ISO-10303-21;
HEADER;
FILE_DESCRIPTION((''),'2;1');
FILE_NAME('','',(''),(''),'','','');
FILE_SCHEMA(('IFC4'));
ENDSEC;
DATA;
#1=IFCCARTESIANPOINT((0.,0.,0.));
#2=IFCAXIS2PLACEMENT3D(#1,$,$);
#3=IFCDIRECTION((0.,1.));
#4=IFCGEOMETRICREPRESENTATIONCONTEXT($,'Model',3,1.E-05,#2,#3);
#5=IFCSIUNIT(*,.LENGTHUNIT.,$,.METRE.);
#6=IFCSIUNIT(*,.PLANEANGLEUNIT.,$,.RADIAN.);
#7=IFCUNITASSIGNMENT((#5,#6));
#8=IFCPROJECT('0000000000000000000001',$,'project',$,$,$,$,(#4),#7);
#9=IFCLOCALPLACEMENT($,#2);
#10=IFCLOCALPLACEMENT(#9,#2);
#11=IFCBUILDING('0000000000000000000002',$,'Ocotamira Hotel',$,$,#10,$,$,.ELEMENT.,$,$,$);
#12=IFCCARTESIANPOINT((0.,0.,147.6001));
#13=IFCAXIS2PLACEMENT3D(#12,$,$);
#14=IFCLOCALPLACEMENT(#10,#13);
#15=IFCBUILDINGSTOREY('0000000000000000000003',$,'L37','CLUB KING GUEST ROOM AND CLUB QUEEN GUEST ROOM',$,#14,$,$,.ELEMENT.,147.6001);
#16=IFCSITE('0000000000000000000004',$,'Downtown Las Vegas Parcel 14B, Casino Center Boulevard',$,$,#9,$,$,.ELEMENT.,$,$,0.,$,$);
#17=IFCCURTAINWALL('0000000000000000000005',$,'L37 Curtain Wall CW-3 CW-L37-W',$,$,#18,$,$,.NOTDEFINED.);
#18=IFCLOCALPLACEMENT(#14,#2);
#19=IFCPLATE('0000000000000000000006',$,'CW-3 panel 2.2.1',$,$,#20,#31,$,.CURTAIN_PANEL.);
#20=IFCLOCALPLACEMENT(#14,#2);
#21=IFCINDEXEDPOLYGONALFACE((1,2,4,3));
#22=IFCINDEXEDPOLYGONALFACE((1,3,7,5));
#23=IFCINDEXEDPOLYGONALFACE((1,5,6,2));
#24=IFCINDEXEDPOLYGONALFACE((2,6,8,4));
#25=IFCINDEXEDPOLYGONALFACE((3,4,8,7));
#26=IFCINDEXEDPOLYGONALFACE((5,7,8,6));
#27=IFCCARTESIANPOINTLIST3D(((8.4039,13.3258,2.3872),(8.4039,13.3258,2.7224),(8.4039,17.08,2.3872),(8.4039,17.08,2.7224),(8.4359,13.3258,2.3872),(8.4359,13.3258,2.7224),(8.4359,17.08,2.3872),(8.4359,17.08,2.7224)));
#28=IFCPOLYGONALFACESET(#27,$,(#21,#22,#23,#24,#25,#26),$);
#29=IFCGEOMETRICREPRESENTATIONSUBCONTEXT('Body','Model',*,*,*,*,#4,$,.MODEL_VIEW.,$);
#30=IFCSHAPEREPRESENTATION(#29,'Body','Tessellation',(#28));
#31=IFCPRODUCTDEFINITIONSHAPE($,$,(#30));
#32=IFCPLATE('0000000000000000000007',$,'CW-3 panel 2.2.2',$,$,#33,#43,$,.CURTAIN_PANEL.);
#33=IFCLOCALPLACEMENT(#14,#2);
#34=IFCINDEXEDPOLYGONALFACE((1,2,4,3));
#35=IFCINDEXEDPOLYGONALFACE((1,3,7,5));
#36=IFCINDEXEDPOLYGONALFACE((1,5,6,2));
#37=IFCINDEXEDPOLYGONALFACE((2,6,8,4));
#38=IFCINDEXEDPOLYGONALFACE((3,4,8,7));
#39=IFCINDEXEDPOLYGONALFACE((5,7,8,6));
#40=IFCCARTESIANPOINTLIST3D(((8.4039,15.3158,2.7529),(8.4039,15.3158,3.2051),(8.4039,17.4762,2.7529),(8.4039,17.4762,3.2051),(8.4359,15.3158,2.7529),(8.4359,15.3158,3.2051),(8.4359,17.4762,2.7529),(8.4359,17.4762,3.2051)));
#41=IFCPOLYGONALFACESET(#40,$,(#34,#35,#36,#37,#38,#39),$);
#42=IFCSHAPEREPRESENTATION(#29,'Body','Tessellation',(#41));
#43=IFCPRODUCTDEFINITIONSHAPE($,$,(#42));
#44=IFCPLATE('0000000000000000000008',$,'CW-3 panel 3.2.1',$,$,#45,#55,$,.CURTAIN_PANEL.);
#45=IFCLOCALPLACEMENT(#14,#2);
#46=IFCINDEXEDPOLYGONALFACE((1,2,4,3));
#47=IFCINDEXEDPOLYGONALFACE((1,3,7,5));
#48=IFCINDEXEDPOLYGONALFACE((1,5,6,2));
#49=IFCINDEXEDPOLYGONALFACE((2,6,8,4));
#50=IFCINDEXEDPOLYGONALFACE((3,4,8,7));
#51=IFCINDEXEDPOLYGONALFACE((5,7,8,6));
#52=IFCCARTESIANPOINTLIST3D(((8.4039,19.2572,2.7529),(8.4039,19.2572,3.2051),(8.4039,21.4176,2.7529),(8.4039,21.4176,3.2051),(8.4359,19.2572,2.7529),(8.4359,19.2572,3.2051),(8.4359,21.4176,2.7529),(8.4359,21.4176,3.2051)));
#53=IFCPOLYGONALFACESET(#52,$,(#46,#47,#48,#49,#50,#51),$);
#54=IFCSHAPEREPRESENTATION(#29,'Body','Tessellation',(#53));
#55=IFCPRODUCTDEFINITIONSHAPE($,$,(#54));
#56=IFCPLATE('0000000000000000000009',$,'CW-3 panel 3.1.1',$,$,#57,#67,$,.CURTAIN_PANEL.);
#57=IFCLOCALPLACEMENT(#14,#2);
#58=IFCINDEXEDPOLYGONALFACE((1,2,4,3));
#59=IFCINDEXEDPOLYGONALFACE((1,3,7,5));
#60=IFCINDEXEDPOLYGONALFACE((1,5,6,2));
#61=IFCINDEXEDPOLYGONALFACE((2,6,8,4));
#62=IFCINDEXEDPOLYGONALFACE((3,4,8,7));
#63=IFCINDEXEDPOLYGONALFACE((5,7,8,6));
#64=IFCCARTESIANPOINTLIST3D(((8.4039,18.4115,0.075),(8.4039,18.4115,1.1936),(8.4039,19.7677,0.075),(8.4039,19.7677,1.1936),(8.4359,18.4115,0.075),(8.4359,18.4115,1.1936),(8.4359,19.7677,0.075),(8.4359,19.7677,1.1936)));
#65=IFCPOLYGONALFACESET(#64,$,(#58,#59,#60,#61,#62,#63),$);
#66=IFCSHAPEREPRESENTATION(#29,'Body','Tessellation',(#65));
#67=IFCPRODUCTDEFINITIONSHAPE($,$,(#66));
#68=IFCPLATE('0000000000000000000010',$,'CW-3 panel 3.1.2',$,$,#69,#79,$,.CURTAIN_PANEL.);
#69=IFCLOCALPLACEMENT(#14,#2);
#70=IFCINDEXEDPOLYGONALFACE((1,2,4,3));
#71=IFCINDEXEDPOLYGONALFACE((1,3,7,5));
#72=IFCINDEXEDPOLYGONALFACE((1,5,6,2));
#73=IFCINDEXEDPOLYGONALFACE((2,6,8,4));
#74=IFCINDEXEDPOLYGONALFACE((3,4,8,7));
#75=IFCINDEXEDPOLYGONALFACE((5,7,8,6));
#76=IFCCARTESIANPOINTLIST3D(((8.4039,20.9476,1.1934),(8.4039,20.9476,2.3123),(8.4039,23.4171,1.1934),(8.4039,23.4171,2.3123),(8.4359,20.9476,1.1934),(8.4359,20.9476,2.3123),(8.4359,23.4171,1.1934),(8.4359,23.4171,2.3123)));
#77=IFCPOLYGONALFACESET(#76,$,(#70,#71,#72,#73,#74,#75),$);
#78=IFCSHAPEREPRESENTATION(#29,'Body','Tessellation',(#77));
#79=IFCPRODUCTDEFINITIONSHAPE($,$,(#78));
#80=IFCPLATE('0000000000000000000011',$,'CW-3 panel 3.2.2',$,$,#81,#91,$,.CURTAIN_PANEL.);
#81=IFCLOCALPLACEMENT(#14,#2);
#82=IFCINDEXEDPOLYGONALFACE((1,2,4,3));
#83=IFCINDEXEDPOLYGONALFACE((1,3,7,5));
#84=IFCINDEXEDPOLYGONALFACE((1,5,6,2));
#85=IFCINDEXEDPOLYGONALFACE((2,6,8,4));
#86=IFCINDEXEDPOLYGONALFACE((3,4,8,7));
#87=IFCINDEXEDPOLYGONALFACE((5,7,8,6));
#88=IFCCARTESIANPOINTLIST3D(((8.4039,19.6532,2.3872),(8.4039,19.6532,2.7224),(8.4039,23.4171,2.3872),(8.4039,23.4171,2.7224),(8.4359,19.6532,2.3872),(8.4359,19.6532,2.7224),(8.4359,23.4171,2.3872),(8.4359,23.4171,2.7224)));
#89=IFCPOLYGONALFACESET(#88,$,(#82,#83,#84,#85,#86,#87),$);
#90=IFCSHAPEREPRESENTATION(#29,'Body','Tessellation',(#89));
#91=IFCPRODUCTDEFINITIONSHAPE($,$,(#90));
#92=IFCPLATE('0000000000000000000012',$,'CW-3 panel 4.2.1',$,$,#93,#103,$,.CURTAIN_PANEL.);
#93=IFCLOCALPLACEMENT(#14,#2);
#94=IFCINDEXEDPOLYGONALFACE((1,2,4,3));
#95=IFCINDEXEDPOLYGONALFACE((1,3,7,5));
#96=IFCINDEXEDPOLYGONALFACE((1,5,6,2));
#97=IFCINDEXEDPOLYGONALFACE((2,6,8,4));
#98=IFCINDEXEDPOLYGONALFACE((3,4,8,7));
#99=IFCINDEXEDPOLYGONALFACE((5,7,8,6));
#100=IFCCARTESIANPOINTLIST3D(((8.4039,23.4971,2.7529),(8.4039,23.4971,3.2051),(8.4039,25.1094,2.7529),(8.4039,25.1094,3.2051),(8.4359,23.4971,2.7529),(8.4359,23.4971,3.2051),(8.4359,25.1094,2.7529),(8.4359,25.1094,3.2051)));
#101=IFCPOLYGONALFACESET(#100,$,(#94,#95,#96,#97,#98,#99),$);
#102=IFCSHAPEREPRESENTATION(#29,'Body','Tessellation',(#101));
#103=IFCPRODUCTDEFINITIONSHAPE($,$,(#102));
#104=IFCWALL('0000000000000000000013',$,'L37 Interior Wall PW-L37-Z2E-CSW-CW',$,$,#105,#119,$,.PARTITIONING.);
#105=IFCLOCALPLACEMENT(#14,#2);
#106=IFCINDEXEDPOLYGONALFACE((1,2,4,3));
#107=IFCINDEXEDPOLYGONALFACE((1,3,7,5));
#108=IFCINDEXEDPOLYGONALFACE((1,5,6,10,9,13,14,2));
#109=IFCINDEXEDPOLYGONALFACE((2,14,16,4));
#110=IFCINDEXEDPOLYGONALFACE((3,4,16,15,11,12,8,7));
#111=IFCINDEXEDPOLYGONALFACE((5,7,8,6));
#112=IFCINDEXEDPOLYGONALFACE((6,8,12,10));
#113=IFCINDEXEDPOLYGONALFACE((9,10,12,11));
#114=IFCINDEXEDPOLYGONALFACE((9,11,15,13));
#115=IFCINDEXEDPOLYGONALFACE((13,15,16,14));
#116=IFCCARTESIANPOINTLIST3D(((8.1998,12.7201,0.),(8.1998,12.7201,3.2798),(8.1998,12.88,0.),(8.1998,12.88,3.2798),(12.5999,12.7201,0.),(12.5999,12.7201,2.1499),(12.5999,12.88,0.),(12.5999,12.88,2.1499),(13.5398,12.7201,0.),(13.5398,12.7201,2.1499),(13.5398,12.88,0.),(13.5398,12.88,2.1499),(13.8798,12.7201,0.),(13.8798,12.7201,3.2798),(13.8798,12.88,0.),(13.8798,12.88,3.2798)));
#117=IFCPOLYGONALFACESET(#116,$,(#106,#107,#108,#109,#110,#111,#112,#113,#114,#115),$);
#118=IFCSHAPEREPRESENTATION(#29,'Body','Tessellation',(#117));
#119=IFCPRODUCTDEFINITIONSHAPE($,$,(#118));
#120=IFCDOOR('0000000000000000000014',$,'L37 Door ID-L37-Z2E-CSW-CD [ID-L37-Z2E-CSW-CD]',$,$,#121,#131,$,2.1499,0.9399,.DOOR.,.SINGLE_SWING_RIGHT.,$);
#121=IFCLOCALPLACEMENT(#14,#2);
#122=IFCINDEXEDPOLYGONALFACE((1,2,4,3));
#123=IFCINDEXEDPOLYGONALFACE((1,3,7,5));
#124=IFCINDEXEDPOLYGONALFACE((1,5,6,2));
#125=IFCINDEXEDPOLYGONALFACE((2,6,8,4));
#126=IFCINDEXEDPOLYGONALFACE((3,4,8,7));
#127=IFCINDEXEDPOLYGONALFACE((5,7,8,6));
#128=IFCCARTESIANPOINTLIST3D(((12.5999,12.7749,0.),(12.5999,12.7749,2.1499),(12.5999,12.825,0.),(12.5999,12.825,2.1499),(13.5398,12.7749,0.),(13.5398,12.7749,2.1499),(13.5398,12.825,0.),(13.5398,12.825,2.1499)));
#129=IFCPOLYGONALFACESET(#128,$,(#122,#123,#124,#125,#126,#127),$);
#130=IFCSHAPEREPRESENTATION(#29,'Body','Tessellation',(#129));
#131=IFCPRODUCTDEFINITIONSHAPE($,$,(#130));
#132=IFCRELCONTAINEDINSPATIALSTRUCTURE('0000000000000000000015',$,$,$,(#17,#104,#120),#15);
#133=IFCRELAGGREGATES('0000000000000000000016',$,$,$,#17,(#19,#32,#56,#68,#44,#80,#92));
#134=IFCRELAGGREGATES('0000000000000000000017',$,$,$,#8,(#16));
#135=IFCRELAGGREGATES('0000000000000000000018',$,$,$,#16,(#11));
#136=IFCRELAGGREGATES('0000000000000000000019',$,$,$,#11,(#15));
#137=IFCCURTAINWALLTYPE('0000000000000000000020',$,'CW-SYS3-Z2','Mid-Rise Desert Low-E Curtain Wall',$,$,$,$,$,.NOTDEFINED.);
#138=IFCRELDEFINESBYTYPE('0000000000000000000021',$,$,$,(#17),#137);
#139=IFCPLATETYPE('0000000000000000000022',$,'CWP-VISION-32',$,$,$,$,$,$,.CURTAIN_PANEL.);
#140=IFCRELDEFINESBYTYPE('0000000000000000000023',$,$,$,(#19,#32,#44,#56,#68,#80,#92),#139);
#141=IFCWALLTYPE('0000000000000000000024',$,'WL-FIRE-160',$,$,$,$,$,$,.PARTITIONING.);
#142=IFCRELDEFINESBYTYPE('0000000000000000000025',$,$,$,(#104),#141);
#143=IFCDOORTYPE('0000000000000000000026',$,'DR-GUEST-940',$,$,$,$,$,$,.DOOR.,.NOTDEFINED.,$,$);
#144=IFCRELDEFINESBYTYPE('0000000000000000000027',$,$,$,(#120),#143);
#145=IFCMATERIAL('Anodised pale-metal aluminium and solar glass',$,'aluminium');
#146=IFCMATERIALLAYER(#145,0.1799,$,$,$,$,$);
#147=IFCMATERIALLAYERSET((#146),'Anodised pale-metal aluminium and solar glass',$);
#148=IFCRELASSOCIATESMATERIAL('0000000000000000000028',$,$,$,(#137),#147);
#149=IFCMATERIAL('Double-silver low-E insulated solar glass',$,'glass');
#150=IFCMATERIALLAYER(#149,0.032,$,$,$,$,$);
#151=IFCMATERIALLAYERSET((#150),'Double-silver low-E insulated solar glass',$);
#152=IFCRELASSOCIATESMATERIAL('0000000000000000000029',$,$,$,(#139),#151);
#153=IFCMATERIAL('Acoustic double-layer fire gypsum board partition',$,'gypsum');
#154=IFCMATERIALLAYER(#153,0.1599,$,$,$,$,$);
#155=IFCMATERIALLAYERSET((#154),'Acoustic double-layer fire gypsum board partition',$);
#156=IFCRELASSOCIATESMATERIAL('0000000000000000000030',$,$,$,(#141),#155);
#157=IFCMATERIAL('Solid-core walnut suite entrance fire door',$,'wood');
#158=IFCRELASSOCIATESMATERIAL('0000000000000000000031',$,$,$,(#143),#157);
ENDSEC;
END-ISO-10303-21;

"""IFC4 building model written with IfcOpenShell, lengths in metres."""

from ifc_helpers import new_model, si_unit, direction, frame, frame_2d, origin, origin_2d, place, context, subcontext, project, spatial, rectangle, extrude, source, transform, mapped, material, layer, layer_set, type_object, element, fill, aggregate, save


model = new_model("IFC4")

# Units and contexts
model_context = context("Model", 3, precision=1e-05, world=origin(), true_north=direction((0.0, 1.0)))
body_context = subcontext(model_context, "Body", "Model", "MODEL_VIEW")
ifc_project = project(units=[si_unit("LENGTHUNIT", "METRE"), si_unit("PLANEANGLEUNIT", "RADIAN")], contexts=[model_context])

# Site, building, storey
site_placement = place(None, origin())
site = spatial("IfcSite", under=ifc_project, at=site_placement, Name="Downtown Las Vegas Parcel 14B, Casino Center Boulevard", CompositionType="ELEMENT", RefElevation=0.0)
building_placement = place(site_placement, origin())
building = spatial("IfcBuilding", under=site, at=building_placement, Name="Ocotamira Hotel", CompositionType="ELEMENT")
storey_placement = place(building_placement, frame((0.0, 0.0, 147.6001)))
storey = spatial("IfcBuildingStorey", under=building, at=storey_placement, Name="L37", Description="CLUB KING GUEST ROOM AND CLUB QUEEN GUEST ROOM", CompositionType="ELEMENT", Elevation=147.6001)

# Curtain wall
ifc_material_1 = material(Name="Anodised pale-metal aluminium and solar glass", Category="aluminium")
ifc_layer_1 = layer(ifc_material_1, 0.1799)
ifc_layer_set_1 = layer_set([ifc_layer_1], Name="Anodised pale-metal aluminium and solar glass")
curtain_wall_type = type_object("IfcCurtainWallType", Name="CW-SYS3-Z2", Description="Mid-Rise Desert Low-E Curtain Wall", PredefinedType="NOTDEFINED", material=ifc_layer_set_1)
curtain_wall_placement = place(storey_placement, origin())
curtain_wall = element("IfcCurtainWall", 1, at=curtain_wall_placement, inside=storey, type_object=curtain_wall_type, Name="L37 Curtain Wall CW-3 CW-L37-W", PredefinedType="NOTDEFINED")

# Plates
ifc_material_2 = material(Name="Double-silver low-E insulated solar glass", Category="glass")
ifc_layer_2 = layer(ifc_material_2, 0.032)
ifc_layer_set_2 = layer_set([ifc_layer_2], Name="Double-silver low-E insulated solar glass")
plate_type_1 = type_object("IfcPlateType", Name="CWP-VISION-32", PredefinedType="CURTAIN_PANEL", material=ifc_layer_set_2)
shared_shape_1 = source(origin(), body_context, "Body", "SweptSolid", [
    extrude(rectangle(XDim=3.7542, YDim=0.032, at=origin_2d()), origin(), (0.0, 0.0, 1.0), 0.3352),
])
plate_1_placement = place(storey_placement, frame((8.4199, 15.2029, 2.3872), z_axis=(0.0, 0.0, 1.0), x_axis=(0.0, 1.0, 0.0)))
plate_1 = element("IfcPlate", 2, at=plate_1_placement, type_object=plate_type_1, Name="CW-3 panel 2.2.1", PredefinedType="CURTAIN_PANEL", context=body_context, shape_type="MappedRepresentation", body=[
    mapped(shared_shape_1, transform((0.0, 0.0, 0.0), scale=1.0)),
])
shared_shape_2 = source(origin(), body_context, "Body", "SweptSolid", [
    extrude(rectangle(XDim=2.1604, YDim=0.032, at=origin_2d()), origin(), (0.0, 0.0, 1.0), 0.4521),
])
plate_2_placement = place(storey_placement, frame((8.4199, 16.396, 2.7529), z_axis=(0.0, 0.0, 1.0), x_axis=(0.0, 1.0, 0.0)))
plate_2 = element("IfcPlate", 3, at=plate_2_placement, type_object=plate_type_1, Name="CW-3 panel 2.2.2", PredefinedType="CURTAIN_PANEL", context=body_context, shape_type="MappedRepresentation", body=[
    mapped(shared_shape_2, transform((0.0, 0.0, 0.0), scale=1.0)),
])
plate_3_placement = place(storey_placement, frame((8.4199, 20.3374, 2.7529), z_axis=(0.0, 0.0, 1.0), x_axis=(0.0, 1.0, 0.0)))
plate_3 = element("IfcPlate", 4, at=plate_3_placement, type_object=plate_type_1, Name="CW-3 panel 3.2.1", PredefinedType="CURTAIN_PANEL", context=body_context, shape_type="MappedRepresentation", body=[
    mapped(shared_shape_2, transform((0.0, 0.0, 0.0), scale=1.0)),
])
shared_shape_3 = source(origin(), body_context, "Body", "SweptSolid", [
    extrude(rectangle(XDim=1.3562, YDim=0.032, at=origin_2d()), origin(), (0.0, 0.0, 1.0), 1.1187),
])
plate_4_placement = place(storey_placement, frame((8.4199, 19.0896, 0.075), z_axis=(0.0, 0.0, 1.0), x_axis=(0.0, 1.0, 0.0)))
plate_4 = element("IfcPlate", 5, at=plate_4_placement, type_object=plate_type_1, Name="CW-3 panel 3.1.1", PredefinedType="CURTAIN_PANEL", context=body_context, shape_type="MappedRepresentation", body=[
    mapped(shared_shape_3, transform((0.0, 0.0, 0.0), scale=1.0)),
])
shared_shape_4 = source(origin(), body_context, "Body", "SweptSolid", [
    extrude(rectangle(XDim=2.4695, YDim=0.032, at=origin_2d()), origin(), (0.0, 0.0, 1.0), 1.1189),
])
plate_5_placement = place(storey_placement, frame((8.4199, 22.1824, 1.1934), z_axis=(0.0, 0.0, 1.0), x_axis=(0.0, 1.0, 0.0)))
plate_5 = element("IfcPlate", 6, at=plate_5_placement, type_object=plate_type_1, Name="CW-3 panel 3.1.2", PredefinedType="CURTAIN_PANEL", context=body_context, shape_type="MappedRepresentation", body=[
    mapped(shared_shape_4, transform((0.0, 0.0, 0.0), scale=1.0)),
])
shared_shape_5 = source(origin(), body_context, "Body", "SweptSolid", [
    extrude(rectangle(XDim=3.7639, YDim=0.032, at=origin_2d()), origin(), (0.0, 0.0, 1.0), 0.3352),
])
plate_6_placement = place(storey_placement, frame((8.4199, 21.5352, 2.3872), z_axis=(0.0, 0.0, 1.0), x_axis=(0.0, 1.0, 0.0)))
plate_6 = element("IfcPlate", 7, at=plate_6_placement, type_object=plate_type_1, Name="CW-3 panel 3.2.2", PredefinedType="CURTAIN_PANEL", context=body_context, shape_type="MappedRepresentation", body=[
    mapped(shared_shape_5, transform((0.0, 0.0, 0.0), scale=1.0)),
])
shared_shape_6 = source(origin(), body_context, "Body", "SweptSolid", [
    extrude(rectangle(XDim=1.6123, YDim=0.032, at=origin_2d()), origin(), (0.0, 0.0, 1.0), 0.4521),
])
plate_7_placement = place(storey_placement, frame((8.4199, 24.3032, 2.7529), z_axis=(0.0, 0.0, 1.0), x_axis=(0.0, 1.0, 0.0)))
plate_7 = element("IfcPlate", 8, at=plate_7_placement, type_object=plate_type_1, Name="CW-3 panel 4.2.1", PredefinedType="CURTAIN_PANEL", context=body_context, shape_type="MappedRepresentation", body=[
    mapped(shared_shape_6, transform((0.0, 0.0, 0.0), scale=1.0)),
])
aggregate(curtain_wall, [plate_1, plate_2, plate_4, plate_5, plate_3, plate_6, plate_7])

# Wall, opening, door
ifc_material_3 = material(Name="Acoustic double-layer fire gypsum board partition", Category="gypsum")
ifc_layer_3 = layer(ifc_material_3, 0.1599)
ifc_layer_set_3 = layer_set([ifc_layer_3], Name="Acoustic double-layer fire gypsum board partition")
wall_type = type_object("IfcWallType", Name="WL-FIRE-160", PredefinedType="PARTITIONING", material=ifc_layer_set_3)
wall_placement = place(storey_placement, frame((8.2, 12.8, 0.0), z_axis=(0.0, 0.0, 1.0), x_axis=(1.0, 0.0, 0.0)))
wall = element("IfcWall", 9, at=wall_placement, inside=storey, type_object=wall_type, Name="L37 Interior Wall PW-L37-Z2E-CSW-CW", PredefinedType="PARTITIONING", context=body_context, shape_type="SweptSolid", body=[
    extrude(rectangle(XDim=5.6799, YDim=0.1599, at=frame_2d((2.8398, 0.0))), origin(), (0.0, 0.0, 1.0), 3.2798),
])
opening_placement = place(wall_placement, frame((4.3999, 0.0, 0.0)))
opening = element("IfcOpeningElement", 10, at=opening_placement, cuts=wall, PredefinedType="OPENING", context=body_context, shape_type="SweptSolid", body=[
    extrude(rectangle(XDim=0.9399, YDim=2.1499, at=frame_2d((0.47, 1.075))), frame((0.0, 0.0898, 0.0), z_axis=(0.0, -1.0, 0.0), x_axis=(1.0, 0.0, 0.0)), (0.0, 0.0, 1.0), 0.1799),
])
ifc_material_4 = material(Name="Solid-core walnut suite entrance fire door", Category="wood")
door_type = type_object("IfcDoorType", Name="DR-GUEST-940", OperationType="NOTDEFINED", PredefinedType="DOOR", material=ifc_material_4)
shared_shape_7 = source(origin(), body_context, "Body", "SweptSolid", [
    extrude(rectangle(XDim=0.9399, YDim=2.1499, at=frame_2d((0.47, 1.075))), frame((0.0, 0.0249, 0.0), z_axis=(0.0, -1.0, 0.0), x_axis=(1.0, 0.0, 0.0)), (0.0, 0.0, 1.0), 0.05),
])
door_placement = place(opening_placement, origin())
door = element("IfcDoor", 11, at=door_placement, inside=storey, type_object=door_type, Name="L37 Door ID-L37-Z2E-CSW-CD [ID-L37-Z2E-CSW-CD]", OperationType="SINGLE_SWING_RIGHT", OverallHeight=2.1499, OverallWidth=0.9399, PredefinedType="DOOR", context=body_context, shape_type="MappedRepresentation", body=[
    mapped(shared_shape_7, transform((0.0, 0.0, 0.0), scale=1.0)),
])
fill(opening, door)

save(model, "model.ifc")
